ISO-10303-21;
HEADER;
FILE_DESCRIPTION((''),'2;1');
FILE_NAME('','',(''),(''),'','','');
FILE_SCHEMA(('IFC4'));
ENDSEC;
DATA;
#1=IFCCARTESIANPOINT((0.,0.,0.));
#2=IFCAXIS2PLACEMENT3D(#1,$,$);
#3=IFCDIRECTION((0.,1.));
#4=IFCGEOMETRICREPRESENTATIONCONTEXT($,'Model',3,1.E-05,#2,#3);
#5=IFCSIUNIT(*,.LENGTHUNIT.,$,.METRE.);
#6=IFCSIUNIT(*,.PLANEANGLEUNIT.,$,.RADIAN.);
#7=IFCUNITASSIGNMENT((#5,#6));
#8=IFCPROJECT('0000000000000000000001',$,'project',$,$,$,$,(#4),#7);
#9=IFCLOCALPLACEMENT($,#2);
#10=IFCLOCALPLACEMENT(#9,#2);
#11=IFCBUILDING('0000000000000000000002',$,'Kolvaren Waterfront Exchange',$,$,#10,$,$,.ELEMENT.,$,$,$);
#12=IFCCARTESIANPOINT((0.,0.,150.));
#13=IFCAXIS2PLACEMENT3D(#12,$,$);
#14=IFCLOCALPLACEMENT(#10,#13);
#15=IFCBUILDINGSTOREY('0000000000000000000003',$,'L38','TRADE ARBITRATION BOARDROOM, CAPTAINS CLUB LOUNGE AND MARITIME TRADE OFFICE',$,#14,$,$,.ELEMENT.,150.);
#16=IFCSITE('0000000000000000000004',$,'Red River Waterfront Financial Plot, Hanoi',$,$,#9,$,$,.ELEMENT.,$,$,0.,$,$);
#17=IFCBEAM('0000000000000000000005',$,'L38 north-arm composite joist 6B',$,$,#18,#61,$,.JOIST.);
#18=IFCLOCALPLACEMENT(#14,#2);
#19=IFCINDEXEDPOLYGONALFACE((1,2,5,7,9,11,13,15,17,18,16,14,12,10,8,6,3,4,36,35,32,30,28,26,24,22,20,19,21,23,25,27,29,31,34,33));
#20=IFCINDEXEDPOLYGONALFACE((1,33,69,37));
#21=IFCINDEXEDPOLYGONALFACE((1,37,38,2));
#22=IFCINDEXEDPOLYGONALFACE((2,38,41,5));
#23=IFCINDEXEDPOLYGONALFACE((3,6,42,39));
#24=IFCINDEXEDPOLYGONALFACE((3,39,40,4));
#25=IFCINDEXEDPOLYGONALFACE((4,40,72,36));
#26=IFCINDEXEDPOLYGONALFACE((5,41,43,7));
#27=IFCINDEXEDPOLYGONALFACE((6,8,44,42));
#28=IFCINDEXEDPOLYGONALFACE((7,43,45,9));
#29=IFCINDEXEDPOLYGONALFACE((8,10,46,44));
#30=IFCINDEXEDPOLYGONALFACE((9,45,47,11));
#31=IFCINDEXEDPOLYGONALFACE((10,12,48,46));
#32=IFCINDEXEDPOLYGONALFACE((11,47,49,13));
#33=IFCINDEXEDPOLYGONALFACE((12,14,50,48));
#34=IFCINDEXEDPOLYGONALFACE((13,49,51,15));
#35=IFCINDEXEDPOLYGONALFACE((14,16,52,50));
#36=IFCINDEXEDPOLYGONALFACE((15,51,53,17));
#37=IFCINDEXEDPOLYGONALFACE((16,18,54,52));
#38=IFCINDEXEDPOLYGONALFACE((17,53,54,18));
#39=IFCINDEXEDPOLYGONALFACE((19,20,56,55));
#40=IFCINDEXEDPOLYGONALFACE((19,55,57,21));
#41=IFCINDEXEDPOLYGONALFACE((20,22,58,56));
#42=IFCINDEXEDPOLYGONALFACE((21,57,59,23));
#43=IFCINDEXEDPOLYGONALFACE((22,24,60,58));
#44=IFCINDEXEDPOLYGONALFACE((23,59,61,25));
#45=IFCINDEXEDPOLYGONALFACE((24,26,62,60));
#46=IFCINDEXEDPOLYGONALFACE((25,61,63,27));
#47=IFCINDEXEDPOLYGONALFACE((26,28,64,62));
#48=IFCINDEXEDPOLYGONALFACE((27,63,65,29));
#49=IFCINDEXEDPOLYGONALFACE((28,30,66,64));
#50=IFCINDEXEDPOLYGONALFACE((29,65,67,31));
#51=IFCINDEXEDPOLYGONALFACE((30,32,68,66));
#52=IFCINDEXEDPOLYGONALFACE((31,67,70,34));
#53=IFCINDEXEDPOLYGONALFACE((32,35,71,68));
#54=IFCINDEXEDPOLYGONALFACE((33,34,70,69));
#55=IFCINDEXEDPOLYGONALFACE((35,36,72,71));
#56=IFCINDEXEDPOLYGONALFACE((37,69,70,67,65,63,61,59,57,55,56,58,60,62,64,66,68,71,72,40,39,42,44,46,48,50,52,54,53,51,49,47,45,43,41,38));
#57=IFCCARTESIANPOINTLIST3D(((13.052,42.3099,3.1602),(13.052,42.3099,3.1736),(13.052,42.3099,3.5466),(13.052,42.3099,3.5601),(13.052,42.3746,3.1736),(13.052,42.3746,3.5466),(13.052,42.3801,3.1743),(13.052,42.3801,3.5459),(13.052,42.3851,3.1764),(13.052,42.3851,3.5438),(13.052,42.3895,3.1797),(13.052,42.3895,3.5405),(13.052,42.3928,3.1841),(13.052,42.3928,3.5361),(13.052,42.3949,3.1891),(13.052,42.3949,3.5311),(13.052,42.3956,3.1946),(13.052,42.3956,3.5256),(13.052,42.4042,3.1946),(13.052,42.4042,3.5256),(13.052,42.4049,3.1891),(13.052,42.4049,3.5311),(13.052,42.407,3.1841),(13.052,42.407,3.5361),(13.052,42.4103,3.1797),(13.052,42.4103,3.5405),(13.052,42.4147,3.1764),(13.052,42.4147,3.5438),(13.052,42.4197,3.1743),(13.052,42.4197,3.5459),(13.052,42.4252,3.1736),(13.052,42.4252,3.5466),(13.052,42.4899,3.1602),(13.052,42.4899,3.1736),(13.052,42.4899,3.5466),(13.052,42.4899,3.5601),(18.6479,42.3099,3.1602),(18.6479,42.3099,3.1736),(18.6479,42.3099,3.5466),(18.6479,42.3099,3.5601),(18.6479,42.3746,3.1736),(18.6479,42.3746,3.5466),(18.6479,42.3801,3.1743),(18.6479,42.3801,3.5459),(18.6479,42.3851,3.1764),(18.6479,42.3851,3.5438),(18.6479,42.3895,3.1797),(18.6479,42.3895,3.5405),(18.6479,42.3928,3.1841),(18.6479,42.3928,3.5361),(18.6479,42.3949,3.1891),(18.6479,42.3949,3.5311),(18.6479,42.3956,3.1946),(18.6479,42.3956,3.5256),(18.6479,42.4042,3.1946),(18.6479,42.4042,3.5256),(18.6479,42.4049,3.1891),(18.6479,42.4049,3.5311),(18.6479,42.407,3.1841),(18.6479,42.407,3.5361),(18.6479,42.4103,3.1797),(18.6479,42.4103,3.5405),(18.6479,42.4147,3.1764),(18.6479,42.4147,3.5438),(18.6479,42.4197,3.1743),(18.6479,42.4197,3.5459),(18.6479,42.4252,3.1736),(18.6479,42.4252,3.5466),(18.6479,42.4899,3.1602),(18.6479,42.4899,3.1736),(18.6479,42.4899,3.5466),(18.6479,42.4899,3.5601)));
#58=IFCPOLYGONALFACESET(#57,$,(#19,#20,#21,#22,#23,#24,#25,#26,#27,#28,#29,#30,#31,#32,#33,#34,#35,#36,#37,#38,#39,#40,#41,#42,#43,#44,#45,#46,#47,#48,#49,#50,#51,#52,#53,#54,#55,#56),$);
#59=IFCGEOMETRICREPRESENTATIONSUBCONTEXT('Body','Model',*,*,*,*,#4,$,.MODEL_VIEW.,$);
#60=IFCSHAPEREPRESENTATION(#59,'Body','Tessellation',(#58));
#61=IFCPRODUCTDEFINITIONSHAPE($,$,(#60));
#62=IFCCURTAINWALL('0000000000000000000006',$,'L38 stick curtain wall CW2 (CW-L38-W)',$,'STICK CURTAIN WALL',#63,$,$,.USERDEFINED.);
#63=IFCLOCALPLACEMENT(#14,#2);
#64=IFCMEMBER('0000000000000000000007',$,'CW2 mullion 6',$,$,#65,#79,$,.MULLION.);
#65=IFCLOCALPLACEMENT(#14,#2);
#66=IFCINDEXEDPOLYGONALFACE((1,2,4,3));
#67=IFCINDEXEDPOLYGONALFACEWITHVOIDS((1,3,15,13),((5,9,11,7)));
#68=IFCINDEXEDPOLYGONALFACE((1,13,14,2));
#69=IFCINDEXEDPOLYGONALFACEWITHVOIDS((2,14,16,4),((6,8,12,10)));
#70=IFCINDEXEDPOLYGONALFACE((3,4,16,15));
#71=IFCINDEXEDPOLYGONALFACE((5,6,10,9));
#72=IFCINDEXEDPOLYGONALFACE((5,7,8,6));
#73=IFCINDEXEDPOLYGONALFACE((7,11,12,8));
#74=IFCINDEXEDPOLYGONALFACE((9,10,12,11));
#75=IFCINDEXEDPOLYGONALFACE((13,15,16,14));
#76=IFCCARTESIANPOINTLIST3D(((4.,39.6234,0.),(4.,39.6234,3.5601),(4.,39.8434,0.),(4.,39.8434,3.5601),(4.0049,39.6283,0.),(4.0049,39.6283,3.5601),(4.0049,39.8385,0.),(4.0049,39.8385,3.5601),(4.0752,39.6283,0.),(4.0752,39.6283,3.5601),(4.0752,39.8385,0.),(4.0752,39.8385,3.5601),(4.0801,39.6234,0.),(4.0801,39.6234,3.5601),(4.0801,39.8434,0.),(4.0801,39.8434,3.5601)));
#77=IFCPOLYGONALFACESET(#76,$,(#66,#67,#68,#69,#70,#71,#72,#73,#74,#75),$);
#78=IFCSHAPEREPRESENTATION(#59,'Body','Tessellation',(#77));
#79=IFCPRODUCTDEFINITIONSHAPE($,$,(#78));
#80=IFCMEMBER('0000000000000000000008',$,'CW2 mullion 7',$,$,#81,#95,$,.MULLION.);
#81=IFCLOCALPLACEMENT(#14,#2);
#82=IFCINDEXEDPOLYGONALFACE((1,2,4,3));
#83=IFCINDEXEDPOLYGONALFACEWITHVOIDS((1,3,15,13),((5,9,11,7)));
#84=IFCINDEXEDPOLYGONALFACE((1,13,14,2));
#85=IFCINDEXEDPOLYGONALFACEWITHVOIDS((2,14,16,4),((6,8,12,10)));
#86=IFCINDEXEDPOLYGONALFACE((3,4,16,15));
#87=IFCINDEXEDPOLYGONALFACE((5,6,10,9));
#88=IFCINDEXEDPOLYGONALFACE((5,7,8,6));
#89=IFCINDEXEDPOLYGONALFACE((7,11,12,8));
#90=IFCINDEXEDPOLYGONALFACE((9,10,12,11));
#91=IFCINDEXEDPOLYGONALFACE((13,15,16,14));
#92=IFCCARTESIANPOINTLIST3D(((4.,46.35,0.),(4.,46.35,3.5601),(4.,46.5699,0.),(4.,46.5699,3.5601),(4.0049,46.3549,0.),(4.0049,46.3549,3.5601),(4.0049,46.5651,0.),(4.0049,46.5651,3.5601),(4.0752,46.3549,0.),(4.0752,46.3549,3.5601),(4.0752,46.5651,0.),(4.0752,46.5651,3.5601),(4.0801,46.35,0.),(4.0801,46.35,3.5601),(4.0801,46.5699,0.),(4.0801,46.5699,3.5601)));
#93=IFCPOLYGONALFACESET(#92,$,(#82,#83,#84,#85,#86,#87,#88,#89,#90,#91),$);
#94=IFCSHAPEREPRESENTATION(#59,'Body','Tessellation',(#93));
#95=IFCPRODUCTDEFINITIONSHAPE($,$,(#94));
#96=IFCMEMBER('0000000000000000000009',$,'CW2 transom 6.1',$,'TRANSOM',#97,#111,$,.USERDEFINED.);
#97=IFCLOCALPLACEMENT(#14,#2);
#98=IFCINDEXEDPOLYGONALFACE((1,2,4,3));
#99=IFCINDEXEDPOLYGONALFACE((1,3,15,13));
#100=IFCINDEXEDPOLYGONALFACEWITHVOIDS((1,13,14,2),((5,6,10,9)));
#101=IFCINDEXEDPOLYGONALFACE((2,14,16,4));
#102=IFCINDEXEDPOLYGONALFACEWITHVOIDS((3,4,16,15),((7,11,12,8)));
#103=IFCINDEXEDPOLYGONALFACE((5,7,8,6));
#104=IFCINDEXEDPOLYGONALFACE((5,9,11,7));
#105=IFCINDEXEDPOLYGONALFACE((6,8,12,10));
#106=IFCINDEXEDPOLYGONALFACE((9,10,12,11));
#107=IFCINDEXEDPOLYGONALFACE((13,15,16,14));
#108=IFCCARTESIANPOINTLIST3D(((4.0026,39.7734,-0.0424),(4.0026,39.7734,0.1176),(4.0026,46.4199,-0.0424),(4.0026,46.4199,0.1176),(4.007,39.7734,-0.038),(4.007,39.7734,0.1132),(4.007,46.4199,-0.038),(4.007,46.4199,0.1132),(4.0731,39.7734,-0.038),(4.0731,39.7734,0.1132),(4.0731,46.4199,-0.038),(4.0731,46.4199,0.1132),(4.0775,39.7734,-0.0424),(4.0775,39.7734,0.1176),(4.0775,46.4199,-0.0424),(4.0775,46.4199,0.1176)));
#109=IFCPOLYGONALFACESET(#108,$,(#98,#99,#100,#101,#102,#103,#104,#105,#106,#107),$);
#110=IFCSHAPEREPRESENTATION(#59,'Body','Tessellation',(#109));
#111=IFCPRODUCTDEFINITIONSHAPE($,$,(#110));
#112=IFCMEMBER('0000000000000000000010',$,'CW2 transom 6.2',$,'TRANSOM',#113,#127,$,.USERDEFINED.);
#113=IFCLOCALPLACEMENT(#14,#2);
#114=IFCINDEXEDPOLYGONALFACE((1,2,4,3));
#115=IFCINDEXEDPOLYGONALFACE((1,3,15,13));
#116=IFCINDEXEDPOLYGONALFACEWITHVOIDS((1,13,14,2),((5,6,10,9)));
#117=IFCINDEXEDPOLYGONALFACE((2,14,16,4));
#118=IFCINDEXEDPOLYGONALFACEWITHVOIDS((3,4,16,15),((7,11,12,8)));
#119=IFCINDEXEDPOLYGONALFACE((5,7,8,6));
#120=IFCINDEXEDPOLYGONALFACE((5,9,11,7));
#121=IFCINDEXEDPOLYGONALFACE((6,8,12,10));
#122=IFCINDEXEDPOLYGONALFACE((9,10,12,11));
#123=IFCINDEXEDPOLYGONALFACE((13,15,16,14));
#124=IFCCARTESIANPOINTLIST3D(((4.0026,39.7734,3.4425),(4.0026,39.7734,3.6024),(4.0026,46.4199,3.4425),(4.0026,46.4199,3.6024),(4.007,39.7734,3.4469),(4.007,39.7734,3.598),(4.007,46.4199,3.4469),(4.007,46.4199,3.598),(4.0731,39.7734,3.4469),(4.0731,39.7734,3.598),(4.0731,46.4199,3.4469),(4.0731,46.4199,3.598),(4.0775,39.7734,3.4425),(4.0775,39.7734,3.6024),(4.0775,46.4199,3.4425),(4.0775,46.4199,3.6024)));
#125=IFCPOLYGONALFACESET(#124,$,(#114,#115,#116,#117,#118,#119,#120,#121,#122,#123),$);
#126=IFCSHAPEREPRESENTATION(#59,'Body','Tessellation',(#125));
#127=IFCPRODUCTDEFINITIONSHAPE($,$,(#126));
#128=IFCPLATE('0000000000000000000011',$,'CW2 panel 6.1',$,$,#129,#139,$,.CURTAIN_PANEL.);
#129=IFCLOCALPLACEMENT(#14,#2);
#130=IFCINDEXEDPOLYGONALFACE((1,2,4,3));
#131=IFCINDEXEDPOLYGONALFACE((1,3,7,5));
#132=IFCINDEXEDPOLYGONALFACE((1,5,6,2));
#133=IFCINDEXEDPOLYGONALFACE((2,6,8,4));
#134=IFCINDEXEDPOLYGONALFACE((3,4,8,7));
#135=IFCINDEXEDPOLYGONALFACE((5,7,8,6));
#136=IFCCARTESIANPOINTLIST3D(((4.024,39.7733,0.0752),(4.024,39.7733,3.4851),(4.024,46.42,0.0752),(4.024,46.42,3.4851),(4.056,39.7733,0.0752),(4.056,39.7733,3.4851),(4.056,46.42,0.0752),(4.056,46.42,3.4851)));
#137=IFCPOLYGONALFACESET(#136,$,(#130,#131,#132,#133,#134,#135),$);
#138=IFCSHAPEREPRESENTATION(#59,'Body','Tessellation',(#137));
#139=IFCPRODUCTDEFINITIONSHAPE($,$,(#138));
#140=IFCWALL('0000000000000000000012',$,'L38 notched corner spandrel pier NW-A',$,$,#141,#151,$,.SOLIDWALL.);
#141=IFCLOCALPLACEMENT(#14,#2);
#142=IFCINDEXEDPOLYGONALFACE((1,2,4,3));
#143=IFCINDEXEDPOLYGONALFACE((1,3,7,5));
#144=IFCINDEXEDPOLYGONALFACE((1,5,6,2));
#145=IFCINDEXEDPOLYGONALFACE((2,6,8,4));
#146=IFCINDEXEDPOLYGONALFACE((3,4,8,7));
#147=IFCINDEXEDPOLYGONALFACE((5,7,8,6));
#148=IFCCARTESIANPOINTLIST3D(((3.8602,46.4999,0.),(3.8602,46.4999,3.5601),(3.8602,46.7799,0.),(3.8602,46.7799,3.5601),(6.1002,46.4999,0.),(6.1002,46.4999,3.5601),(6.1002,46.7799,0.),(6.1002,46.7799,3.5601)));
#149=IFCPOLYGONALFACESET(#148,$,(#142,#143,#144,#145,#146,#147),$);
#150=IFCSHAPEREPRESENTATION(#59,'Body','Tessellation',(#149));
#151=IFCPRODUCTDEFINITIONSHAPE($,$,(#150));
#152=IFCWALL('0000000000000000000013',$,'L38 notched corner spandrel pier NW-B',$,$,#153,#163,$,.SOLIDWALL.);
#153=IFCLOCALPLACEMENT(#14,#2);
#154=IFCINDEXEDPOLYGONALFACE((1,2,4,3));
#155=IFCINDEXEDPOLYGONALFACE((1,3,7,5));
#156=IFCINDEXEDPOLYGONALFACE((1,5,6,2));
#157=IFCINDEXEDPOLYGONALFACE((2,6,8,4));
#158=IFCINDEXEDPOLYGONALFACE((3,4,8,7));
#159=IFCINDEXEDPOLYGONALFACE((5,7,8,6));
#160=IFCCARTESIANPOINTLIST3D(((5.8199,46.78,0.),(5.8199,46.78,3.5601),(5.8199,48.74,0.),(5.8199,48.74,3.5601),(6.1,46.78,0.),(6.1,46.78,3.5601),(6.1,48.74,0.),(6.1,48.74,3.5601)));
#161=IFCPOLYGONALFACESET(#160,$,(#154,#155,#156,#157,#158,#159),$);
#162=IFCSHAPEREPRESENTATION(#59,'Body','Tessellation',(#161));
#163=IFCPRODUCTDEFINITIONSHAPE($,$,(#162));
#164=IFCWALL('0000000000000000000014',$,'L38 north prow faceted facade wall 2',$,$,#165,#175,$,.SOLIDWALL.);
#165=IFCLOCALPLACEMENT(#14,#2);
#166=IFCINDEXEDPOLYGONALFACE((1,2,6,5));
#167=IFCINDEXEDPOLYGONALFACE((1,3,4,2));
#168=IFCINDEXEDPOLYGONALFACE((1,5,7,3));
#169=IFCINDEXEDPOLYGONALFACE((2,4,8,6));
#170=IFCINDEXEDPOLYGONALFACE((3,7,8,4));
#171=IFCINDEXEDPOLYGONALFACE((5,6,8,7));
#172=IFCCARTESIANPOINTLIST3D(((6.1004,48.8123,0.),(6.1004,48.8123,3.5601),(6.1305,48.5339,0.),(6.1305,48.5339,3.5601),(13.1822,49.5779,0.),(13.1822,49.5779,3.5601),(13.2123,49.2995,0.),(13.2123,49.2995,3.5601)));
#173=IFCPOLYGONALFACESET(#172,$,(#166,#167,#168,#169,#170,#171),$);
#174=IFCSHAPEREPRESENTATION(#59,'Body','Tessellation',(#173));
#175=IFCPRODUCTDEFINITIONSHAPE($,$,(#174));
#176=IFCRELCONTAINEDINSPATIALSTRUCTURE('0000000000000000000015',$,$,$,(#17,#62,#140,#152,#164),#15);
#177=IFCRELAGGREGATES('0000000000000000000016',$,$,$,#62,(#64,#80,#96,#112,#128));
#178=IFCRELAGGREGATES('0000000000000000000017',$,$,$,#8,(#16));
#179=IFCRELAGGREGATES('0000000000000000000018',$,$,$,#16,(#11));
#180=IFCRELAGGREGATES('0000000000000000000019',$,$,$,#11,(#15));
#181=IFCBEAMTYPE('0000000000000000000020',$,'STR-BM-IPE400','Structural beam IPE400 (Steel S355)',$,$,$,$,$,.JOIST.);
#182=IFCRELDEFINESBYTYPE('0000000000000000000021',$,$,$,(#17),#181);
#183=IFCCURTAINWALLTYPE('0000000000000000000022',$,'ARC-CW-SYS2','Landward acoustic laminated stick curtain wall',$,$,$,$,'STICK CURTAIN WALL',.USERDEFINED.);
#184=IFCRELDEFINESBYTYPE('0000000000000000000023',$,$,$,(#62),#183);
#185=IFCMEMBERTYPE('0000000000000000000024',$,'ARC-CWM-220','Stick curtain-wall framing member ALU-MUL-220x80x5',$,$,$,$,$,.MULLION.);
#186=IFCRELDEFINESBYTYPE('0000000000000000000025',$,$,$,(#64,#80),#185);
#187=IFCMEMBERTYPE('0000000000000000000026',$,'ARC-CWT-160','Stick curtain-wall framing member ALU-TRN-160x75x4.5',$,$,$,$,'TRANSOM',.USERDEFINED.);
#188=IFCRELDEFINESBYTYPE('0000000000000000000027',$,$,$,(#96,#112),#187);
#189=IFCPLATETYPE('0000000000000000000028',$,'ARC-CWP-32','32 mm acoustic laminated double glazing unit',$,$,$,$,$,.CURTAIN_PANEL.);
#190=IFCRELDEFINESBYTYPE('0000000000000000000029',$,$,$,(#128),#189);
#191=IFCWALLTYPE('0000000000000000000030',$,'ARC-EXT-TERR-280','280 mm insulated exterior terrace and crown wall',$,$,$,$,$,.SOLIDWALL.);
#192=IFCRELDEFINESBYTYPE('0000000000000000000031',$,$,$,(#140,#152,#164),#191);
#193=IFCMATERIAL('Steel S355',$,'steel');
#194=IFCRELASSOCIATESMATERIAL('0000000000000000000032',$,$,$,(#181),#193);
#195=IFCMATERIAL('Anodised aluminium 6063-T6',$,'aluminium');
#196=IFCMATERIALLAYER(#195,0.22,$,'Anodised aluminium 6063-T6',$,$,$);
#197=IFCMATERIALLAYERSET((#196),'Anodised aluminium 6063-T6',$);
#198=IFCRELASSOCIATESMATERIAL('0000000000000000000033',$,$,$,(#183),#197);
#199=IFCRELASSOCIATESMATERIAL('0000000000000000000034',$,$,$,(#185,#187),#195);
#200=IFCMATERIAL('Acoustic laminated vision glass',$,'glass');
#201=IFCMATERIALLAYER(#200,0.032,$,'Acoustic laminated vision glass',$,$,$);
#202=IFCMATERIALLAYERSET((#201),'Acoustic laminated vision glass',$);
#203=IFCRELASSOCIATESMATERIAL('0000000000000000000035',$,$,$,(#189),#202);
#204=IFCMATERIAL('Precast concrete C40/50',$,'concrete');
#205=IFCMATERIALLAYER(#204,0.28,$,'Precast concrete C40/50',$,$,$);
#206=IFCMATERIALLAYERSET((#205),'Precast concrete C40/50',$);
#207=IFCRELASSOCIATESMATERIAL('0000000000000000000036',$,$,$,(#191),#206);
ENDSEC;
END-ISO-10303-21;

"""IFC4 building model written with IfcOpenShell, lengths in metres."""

from ifc_helpers import new_model, si_unit, direction, frame, frame_2d, origin, origin_with_axes, origin_2d, place, context, subcontext, project, spatial, rectangle, hollow_rectangle, i_section, extrude, source, transform, mapped, material, layer, layer_set, material_profile, profile_set, type_object, element, aggregate, save


model = new_model("IFC4")

# Units and contexts
model_context = context("Model", 3, precision=1e-05, world=origin(), true_north=direction((0.0, 1.0)))
body_context = subcontext(model_context, "Body", "Model", "MODEL_VIEW")
ifc_project = project(units=[si_unit("LENGTHUNIT", "METRE"), si_unit("PLANEANGLEUNIT", "RADIAN")], contexts=[model_context])

# Site, building, storey
site_placement = place(None, origin())
site = spatial("IfcSite", under=ifc_project, at=site_placement, Name="Red River Waterfront Financial Plot, Hanoi", CompositionType="ELEMENT", RefElevation=0.0)
building_placement = place(site_placement, origin())
building = spatial("IfcBuilding", under=site, at=building_placement, Name="Kolvaren Waterfront Exchange", CompositionType="ELEMENT")
storey_placement = place(building_placement, frame((0.0, 0.0, 150.0)))
storey = spatial("IfcBuildingStorey", under=building, at=storey_placement, Name="L38", Description="TRADE ARBITRATION BOARDROOM, CAPTAINS CLUB LOUNGE AND MARITIME TRADE OFFICE", CompositionType="ELEMENT", Elevation=150.0)

# Beam
ifc_material_1 = material(Name="Steel S355", Category="steel")
ifc_material_profile_1 = material_profile(ifc_material_1, i_section(OverallWidth=0.1799, OverallDepth=0.3999, WebThickness=0.0085, FlangeThickness=0.0134, FilletRadius=0.021, at=origin_2d()), Name="IPE400")
ifc_profile_set_1 = profile_set([ifc_material_profile_1], Name="Steel S355")
beam_type_1 = type_object("IfcBeamType", Name="STR-BM-IPE400", Description="Structural beam IPE400 (Steel S355)", PredefinedType="JOIST", material=ifc_profile_set_1)
beam_1_placement = place(storey_placement, frame((13.052, 42.3999, 3.3601), z_axis=(1.0, 0.0, 0.0), x_axis=(0.0, 1.0, 0.0)))
element("IfcBeam", 1, at=beam_1_placement, inside=storey, type_object=beam_type_1, Name="L38 north-arm composite joist 6B", PredefinedType="JOIST", context=body_context, shape_type="SweptSolid", body=[
    extrude(i_section(OverallWidth=0.1799, OverallDepth=0.3999, WebThickness=0.0085, FlangeThickness=0.0134, FilletRadius=0.021, at=origin_2d()), origin(), (0.0, 0.0, 1.0), 5.5959),
])

# Curtain wall, members, plate
ifc_material_2 = material(Name="Anodised aluminium 6063-T6", Category="aluminium")
ifc_layer_1 = layer(ifc_material_2, 0.22, Name="Anodised aluminium 6063-T6")
ifc_layer_set_1 = layer_set([ifc_layer_1], Name="Anodised aluminium 6063-T6")
curtain_wall_type = type_object("IfcCurtainWallType", Name="ARC-CW-SYS2", Description="Landward acoustic laminated stick curtain wall", ElementType="STICK CURTAIN WALL", PredefinedType="USERDEFINED", material=ifc_layer_set_1)
curtain_wall_placement = place(storey_placement, origin())
curtain_wall = element("IfcCurtainWall", 2, at=curtain_wall_placement, inside=storey, type_object=curtain_wall_type, Name="L38 stick curtain wall CW2 (CW-L38-W)", ObjectType="STICK CURTAIN WALL", PredefinedType="USERDEFINED")
ifc_material_profile_2 = material_profile(ifc_material_2, hollow_rectangle(XDim=0.0801, YDim=0.22, WallThickness=0.0049, at=origin_2d()), Name="ALU-MUL-220x80x5")
ifc_profile_set_2 = profile_set([ifc_material_profile_2], Name="Anodised aluminium 6063-T6")
member_type_1 = type_object("IfcMemberType", Name="ARC-CWM-220", Description="Stick curtain-wall framing member ALU-MUL-220x80x5", PredefinedType="MULLION", material=ifc_profile_set_2)
shared_shape_1 = source(origin_with_axes(), body_context, "Body", "SweptSolid", [
    extrude(hollow_rectangle(XDim=0.0801, YDim=0.22, WallThickness=0.0049, at=origin_2d()), origin(), (0.0, 0.0, 1.0), 3.5601),
])
member_1_placement = place(storey_placement, frame((4.04, 39.7334, 0.0), z_axis=(0.0, 0.0, 1.0), x_axis=(-1.0, 0.0, 0.0)))
member_1 = element("IfcMember", 3, at=member_1_placement, type_object=member_type_1, Name="CW2 mullion 6", PredefinedType="MULLION", context=body_context, shape_type="MappedRepresentation", body=[
    mapped(shared_shape_1, transform((0.0, 0.0, 0.0), x_axis=(1.0, 0.0, 0.0), y_axis=(0.0, 1.0, 0.0), z_axis=(0.0, 0.0, 1.0), scale=1.0)),
])
member_2_placement = place(storey_placement, frame((4.04, 46.46, 0.0), z_axis=(0.0, 0.0, 1.0), x_axis=(-1.0, 0.0, 0.0)))
member_2 = element("IfcMember", 4, at=member_2_placement, type_object=member_type_1, Name="CW2 mullion 7", PredefinedType="MULLION", context=body_context, shape_type="MappedRepresentation", body=[
    mapped(shared_shape_1, transform((0.0, 0.0, 0.0), x_axis=(1.0, 0.0, 0.0), y_axis=(0.0, 1.0, 0.0), z_axis=(0.0, 0.0, 1.0), scale=1.0)),
])
ifc_material_profile_3 = material_profile(ifc_material_2, hollow_rectangle(XDim=0.075, YDim=0.1599, WallThickness=0.0044, at=origin_2d()), Name="ALU-TRN-160x75x4.5")
ifc_profile_set_3 = profile_set([ifc_material_profile_3], Name="Anodised aluminium 6063-T6")
member_type_2 = type_object("IfcMemberType", Name="ARC-CWT-160", Description="Stick curtain-wall framing member ALU-TRN-160x75x4.5", ElementType="TRANSOM", PredefinedType="USERDEFINED", material=ifc_profile_set_3)
shared_shape_2 = source(origin_with_axes(), body_context, "Body", "SweptSolid", [
    extrude(hollow_rectangle(XDim=0.075, YDim=0.1599, WallThickness=0.0044, at=origin_2d()), origin(), (0.0, 0.0, 1.0), 6.6465),
])
member_3_placement = place(storey_placement, frame((4.04, 39.7734, 0.0376), z_axis=(0.0, 1.0, 0.0), x_axis=(-1.0, 0.0, 0.0)))
member_3 = element("IfcMember", 5, at=member_3_placement, type_object=member_type_2, Name="CW2 transom 6.1", ObjectType="TRANSOM", PredefinedType="USERDEFINED", context=body_context, shape_type="MappedRepresentation", body=[
    mapped(shared_shape_2, transform((0.0, 0.0, 0.0), x_axis=(1.0, 0.0, 0.0), y_axis=(0.0, 1.0, 0.0), z_axis=(0.0, 0.0, 1.0), scale=1.0)),
])
member_4_placement = place(storey_placement, frame((4.04, 39.7734, 3.5225), z_axis=(0.0, 1.0, 0.0), x_axis=(-1.0, 0.0, 0.0)))
member_4 = element("IfcMember", 6, at=member_4_placement, type_object=member_type_2, Name="CW2 transom 6.2", ObjectType="TRANSOM", PredefinedType="USERDEFINED", context=body_context, shape_type="MappedRepresentation", body=[
    mapped(shared_shape_2, transform((0.0, 0.0, 0.0), x_axis=(1.0, 0.0, 0.0), y_axis=(0.0, 1.0, 0.0), z_axis=(0.0, 0.0, 1.0), scale=1.0)),
])
ifc_material_3 = material(Name="Acoustic laminated vision glass", Category="glass")
ifc_layer_2 = layer(ifc_material_3, 0.032, Name="Acoustic laminated vision glass")
ifc_layer_set_2 = layer_set([ifc_layer_2], Name="Acoustic laminated vision glass")
plate_type = type_object("IfcPlateType", Name="ARC-CWP-32", Description="32 mm acoustic laminated double glazing unit", PredefinedType="CURTAIN_PANEL", material=ifc_layer_set_2)
shared_shape_3 = source(origin_with_axes(), body_context, "Body", "SweptSolid", [
    extrude(rectangle(XDim=6.6467, YDim=0.032, at=origin_2d()), origin(), (0.0, 0.0, 1.0), 3.4099),
])
plate_placement = place(storey_placement, frame((4.04, 43.0967, 0.0752), z_axis=(0.0, 0.0, 1.0), x_axis=(0.0, 1.0, 0.0)))
plate = element("IfcPlate", 7, at=plate_placement, type_object=plate_type, Name="CW2 panel 6.1", PredefinedType="CURTAIN_PANEL", context=body_context, shape_type="MappedRepresentation", body=[
    mapped(shared_shape_3, transform((0.0, 0.0, 0.0), x_axis=(1.0, 0.0, 0.0), y_axis=(0.0, 1.0, 0.0), z_axis=(0.0, 0.0, 1.0), scale=1.0)),
])
aggregate(curtain_wall, [member_1, member_2, member_3, member_4, plate])

# Walls
ifc_material_4 = material(Name="Precast concrete C40/50", Category="concrete")
ifc_layer_3 = layer(ifc_material_4, 0.28, Name="Precast concrete C40/50")
ifc_layer_set_3 = layer_set([ifc_layer_3], Name="Precast concrete C40/50")
wall_type_1 = type_object("IfcWallType", Name="ARC-EXT-TERR-280", Description="280 mm insulated exterior terrace and crown wall", PredefinedType="SOLIDWALL", material=ifc_layer_set_3)
wall_1_placement = place(storey_placement, frame((3.8601, 46.6399, 0.0), z_axis=(0.0, 0.0, 1.0), x_axis=(1.0, 0.0, 0.0)))
element("IfcWall", 8, at=wall_1_placement, inside=storey, type_object=wall_type_1, Name="L38 notched corner spandrel pier NW-A", PredefinedType="SOLIDWALL", context=body_context, shape_type="SweptSolid", body=[
    extrude(rectangle(XDim=2.24, YDim=0.28, at=frame_2d((1.1201, 0.0))), origin(), (0.0, 0.0, 1.0), 3.5601),
])
wall_2_placement = place(storey_placement, frame((5.96, 46.78, 0.0), z_axis=(0.0, 0.0, 1.0), x_axis=(0.0, 1.0, 0.0)))
element("IfcWall", 9, at=wall_2_placement, inside=storey, type_object=wall_type_1, Name="L38 notched corner spandrel pier NW-B", PredefinedType="SOLIDWALL", context=body_context, shape_type="SweptSolid", body=[
    extrude(rectangle(XDim=1.96, YDim=0.28, at=frame_2d((0.98, 0.0))), origin(), (0.0, 0.0, 1.0), 3.5601),
])
wall_3_placement = place(storey_placement, frame((13.1973, 49.4387, 0.0), z_axis=(0.0, 0.0, 1.0), x_axis=(-0.994207, -0.107486, 0.0)))
element("IfcWall", 10, at=wall_3_placement, inside=storey, type_object=wall_type_1, Name="L38 north prow faceted facade wall 2", PredefinedType="SOLIDWALL", context=body_context, shape_type="SweptSolid", body=[
    extrude(rectangle(XDim=7.123, YDim=0.28, at=frame_2d((3.5615, 0.0))), origin(), (0.0, 0.0, 1.0), 3.5601),
])

save(model, "model.ifc")
